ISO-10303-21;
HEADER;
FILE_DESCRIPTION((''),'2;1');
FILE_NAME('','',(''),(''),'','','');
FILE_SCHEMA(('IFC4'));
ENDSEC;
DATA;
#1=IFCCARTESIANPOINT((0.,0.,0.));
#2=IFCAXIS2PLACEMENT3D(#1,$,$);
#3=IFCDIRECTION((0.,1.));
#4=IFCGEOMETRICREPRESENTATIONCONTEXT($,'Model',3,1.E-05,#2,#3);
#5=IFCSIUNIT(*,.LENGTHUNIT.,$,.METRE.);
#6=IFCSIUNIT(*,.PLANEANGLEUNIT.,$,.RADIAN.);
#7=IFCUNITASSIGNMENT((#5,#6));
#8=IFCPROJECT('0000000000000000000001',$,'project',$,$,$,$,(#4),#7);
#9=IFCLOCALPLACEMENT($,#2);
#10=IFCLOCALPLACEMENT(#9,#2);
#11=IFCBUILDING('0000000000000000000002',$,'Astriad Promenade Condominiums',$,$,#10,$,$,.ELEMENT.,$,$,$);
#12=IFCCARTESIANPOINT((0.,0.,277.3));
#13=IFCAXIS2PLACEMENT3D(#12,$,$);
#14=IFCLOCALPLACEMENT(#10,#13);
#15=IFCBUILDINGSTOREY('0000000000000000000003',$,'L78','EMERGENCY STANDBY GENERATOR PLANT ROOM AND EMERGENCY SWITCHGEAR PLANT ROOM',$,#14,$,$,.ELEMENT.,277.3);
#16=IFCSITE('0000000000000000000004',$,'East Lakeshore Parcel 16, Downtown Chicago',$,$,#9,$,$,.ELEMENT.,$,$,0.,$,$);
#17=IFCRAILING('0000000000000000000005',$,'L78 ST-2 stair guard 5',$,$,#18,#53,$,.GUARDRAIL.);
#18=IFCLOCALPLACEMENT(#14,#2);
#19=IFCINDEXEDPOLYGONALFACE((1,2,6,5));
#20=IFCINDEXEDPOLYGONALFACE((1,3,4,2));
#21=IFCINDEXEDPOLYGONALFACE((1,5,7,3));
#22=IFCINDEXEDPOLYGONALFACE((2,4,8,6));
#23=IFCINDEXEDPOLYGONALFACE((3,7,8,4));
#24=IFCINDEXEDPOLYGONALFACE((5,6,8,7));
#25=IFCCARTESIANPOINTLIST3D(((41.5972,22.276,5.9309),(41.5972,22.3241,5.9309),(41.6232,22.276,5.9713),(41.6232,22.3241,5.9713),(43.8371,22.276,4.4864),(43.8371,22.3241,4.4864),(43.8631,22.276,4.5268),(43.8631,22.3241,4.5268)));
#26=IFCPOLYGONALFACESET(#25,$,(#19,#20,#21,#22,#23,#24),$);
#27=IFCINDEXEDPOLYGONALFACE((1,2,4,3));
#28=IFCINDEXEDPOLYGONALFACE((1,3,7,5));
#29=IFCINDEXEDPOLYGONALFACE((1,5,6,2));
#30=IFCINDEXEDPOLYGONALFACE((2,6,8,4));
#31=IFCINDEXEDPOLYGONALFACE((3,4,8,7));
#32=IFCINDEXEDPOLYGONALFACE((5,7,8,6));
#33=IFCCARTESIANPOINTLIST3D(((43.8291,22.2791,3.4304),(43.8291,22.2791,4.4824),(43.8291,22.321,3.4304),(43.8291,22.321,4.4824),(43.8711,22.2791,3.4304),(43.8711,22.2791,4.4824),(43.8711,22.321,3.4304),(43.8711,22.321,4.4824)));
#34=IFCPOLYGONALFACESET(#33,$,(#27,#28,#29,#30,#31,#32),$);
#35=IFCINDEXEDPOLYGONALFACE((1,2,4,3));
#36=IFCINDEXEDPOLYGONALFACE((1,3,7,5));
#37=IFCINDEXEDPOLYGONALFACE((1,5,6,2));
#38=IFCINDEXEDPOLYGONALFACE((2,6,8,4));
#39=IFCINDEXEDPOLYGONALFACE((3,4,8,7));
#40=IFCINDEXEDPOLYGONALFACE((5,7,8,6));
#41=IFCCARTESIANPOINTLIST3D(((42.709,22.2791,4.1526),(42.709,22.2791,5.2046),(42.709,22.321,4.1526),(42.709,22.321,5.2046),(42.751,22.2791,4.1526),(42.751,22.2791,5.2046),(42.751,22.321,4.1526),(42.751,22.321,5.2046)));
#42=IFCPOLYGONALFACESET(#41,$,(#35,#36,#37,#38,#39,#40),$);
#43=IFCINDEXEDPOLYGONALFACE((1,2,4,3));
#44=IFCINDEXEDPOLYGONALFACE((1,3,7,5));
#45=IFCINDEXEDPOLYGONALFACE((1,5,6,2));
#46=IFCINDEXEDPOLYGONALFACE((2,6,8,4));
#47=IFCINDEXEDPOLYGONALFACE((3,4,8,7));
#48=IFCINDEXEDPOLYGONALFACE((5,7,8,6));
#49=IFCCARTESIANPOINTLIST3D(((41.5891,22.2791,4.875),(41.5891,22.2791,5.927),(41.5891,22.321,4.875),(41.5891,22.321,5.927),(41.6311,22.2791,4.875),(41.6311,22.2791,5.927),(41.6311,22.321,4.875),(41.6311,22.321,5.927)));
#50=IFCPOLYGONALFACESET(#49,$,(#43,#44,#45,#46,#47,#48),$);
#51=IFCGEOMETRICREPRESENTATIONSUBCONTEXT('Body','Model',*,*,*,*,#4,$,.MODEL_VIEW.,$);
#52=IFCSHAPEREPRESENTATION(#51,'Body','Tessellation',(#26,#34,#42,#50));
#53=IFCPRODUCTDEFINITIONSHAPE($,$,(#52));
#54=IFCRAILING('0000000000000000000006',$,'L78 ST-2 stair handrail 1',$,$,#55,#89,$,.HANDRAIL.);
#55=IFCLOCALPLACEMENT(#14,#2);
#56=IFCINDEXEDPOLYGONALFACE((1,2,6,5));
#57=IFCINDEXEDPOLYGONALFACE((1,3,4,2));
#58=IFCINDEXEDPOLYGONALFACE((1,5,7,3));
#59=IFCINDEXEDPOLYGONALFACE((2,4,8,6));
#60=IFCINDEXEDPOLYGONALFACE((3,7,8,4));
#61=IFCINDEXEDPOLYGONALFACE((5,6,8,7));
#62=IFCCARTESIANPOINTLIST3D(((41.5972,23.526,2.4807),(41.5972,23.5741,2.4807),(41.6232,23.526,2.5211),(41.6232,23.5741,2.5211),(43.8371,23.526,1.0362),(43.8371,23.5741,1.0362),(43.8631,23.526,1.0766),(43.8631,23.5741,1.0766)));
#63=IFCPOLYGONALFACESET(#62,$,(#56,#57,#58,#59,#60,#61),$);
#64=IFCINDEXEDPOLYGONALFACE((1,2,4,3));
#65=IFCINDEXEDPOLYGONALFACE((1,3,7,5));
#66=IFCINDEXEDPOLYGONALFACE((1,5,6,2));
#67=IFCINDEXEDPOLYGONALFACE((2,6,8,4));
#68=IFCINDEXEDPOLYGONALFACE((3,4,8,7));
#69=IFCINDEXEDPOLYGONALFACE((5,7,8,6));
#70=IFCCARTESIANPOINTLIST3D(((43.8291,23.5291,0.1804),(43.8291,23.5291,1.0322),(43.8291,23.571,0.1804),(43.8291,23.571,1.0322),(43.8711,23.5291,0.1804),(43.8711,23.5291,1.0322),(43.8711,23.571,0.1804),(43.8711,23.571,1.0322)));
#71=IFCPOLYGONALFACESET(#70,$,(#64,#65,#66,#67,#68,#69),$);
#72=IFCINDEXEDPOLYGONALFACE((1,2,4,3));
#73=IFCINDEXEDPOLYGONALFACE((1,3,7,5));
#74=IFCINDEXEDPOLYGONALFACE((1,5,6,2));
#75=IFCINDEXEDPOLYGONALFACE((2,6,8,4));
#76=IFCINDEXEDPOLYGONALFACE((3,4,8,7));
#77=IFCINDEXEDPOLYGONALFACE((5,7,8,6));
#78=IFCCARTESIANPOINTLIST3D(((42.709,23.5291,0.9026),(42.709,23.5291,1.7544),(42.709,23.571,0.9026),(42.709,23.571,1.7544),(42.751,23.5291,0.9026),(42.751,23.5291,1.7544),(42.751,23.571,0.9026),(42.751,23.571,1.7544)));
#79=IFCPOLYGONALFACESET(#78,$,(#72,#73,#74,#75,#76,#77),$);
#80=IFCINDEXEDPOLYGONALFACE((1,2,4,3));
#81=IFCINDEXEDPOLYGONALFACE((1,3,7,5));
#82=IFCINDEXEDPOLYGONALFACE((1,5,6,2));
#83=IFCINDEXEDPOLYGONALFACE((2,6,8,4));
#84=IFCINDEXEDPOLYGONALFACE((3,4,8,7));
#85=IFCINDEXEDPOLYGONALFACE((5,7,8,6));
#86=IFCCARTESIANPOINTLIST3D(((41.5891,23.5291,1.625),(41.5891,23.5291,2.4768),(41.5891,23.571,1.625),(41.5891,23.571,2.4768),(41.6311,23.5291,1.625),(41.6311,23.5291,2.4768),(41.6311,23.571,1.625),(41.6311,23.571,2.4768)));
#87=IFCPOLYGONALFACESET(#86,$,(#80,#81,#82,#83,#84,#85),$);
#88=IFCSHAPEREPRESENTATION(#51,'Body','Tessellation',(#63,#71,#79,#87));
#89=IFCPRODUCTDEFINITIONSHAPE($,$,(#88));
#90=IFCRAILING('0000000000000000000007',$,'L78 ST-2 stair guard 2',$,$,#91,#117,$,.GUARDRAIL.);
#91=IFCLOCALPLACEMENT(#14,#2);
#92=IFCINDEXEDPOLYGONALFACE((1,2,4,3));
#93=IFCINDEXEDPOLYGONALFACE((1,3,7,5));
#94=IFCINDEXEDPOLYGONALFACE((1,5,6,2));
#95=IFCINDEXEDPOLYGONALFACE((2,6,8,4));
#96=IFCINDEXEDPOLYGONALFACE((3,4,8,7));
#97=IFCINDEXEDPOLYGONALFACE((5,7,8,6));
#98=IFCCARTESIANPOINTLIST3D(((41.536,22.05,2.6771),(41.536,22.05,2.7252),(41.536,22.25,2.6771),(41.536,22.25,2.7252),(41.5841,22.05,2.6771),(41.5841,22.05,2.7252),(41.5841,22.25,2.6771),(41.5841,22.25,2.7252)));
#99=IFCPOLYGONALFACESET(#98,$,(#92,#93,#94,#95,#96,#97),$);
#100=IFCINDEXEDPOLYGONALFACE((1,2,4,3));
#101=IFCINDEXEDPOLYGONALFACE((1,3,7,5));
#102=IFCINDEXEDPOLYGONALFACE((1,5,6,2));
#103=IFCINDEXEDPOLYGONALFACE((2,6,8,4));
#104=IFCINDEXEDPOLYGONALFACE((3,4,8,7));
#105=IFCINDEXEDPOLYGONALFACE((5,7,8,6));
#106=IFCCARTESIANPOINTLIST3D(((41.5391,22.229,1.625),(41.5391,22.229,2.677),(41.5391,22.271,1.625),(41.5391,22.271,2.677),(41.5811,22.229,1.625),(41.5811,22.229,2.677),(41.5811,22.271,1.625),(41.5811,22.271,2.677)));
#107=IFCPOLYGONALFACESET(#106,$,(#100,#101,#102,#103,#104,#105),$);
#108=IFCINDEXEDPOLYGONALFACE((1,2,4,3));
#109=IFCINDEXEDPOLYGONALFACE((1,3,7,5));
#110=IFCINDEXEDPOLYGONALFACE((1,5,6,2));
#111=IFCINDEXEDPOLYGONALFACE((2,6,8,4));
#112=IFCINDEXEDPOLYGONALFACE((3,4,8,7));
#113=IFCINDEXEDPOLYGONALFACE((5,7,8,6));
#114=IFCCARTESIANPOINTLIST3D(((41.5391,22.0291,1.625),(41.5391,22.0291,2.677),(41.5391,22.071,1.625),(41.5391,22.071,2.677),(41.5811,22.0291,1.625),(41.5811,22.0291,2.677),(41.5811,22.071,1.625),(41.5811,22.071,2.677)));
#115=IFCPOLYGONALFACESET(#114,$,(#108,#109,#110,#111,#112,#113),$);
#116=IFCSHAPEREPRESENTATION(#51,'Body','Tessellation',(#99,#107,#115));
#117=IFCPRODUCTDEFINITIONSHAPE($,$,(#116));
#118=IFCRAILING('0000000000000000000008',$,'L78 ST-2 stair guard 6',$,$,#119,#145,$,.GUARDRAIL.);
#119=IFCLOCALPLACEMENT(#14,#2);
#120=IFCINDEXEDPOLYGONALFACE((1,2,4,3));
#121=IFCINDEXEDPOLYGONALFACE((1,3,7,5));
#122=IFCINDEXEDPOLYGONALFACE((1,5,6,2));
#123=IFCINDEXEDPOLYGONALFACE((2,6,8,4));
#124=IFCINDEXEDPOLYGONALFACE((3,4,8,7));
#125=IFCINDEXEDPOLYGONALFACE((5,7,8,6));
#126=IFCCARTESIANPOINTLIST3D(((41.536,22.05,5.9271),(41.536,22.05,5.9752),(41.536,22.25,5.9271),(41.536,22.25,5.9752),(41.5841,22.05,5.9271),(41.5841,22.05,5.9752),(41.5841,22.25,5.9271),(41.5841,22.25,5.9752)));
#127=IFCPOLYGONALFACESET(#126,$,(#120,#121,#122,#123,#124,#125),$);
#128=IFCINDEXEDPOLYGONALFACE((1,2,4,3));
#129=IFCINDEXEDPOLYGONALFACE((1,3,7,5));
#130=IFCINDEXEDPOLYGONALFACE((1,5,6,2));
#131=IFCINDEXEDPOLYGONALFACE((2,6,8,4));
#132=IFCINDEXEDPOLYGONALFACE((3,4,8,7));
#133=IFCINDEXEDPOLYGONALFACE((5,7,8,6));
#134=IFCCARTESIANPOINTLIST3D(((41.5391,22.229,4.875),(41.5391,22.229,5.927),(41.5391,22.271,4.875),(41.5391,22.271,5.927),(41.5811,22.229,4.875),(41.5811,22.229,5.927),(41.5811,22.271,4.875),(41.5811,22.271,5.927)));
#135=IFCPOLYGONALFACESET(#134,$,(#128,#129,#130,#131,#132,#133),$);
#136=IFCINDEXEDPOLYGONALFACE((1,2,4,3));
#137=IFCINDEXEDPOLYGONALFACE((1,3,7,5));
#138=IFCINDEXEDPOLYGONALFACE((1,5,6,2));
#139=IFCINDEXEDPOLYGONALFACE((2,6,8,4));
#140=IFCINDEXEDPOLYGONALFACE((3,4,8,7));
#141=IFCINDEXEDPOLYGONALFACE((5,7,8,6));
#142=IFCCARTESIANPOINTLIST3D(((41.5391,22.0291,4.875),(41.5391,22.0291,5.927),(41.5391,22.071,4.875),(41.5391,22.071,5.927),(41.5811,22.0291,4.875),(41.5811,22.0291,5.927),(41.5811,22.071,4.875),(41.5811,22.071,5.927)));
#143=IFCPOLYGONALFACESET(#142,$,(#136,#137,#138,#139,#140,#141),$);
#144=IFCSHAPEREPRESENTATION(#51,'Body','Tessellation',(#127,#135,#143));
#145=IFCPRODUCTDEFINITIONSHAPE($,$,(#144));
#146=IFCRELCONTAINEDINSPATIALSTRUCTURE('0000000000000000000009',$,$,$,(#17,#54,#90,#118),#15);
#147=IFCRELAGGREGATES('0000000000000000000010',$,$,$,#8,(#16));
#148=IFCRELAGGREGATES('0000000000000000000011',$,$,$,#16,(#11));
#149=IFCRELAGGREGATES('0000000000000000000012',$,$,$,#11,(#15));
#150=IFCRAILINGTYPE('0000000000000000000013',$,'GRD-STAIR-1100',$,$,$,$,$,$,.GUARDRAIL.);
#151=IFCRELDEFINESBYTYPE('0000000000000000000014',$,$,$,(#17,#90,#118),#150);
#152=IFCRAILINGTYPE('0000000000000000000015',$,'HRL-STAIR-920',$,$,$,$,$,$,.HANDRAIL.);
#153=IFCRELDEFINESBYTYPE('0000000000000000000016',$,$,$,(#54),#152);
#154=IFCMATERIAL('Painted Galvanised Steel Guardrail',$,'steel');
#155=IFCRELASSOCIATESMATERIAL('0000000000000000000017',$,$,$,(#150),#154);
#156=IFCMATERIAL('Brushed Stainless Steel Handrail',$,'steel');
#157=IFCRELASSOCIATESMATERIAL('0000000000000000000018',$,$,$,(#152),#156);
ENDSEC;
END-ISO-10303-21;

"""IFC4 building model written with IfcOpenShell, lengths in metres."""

from ifc_helpers import new_model, si_unit, direction, frame, origin, origin_2d, place, context, subcontext, project, spatial, rectangle, extrude, source, transform, mapped, material, type_object, type_shapes, element, save


model = new_model("IFC4")

# Units and contexts
model_context = context("Model", 3, precision=1e-05, world=origin(), true_north=direction((0.0, 1.0)))
body_context = subcontext(model_context, "Body", "Model", "MODEL_VIEW")
ifc_project = project(units=[si_unit("LENGTHUNIT", "METRE"), si_unit("PLANEANGLEUNIT", "RADIAN")], contexts=[model_context])

# Site, building, storey
site_placement = place(None, origin())
site = spatial("IfcSite", under=ifc_project, at=site_placement, Name="East Lakeshore Parcel 16, Downtown Chicago", CompositionType="ELEMENT", RefElevation=0.0)
building_placement = place(site_placement, origin())
building = spatial("IfcBuilding", under=site, at=building_placement, Name="Astriad Promenade Condominiums", CompositionType="ELEMENT")
storey_placement = place(building_placement, frame((0.0, 0.0, 277.3)))
storey = spatial("IfcBuildingStorey", under=building, at=storey_placement, Name="L78", Description="EMERGENCY STANDBY GENERATOR PLANT ROOM AND EMERGENCY SWITCHGEAR PLANT ROOM", CompositionType="ELEMENT", Elevation=277.3)

# Railings
ifc_material_1 = material(Name="Painted Galvanised Steel Guardrail", Category="steel")
railing_type_1 = type_object("IfcRailingType", Name="GRD-STAIR-1100", PredefinedType="GUARDRAIL", material=ifc_material_1)
shared_shape_1 = source(origin(), body_context, "Body", "SweptSolid", [
    extrude(rectangle(XDim=0.0481, YDim=0.0481, at=origin_2d()), frame((0.0, 0.0, 1.0762), z_axis=(-0.840395, 0.0, 0.541975), x_axis=(0.0, -1.0, 0.0)), (0.0, 0.0, 1.0), 2.6653),
    extrude(rectangle(XDim=0.042, YDim=0.042, at=origin_2d()), origin(), (0.0, 0.0, 1.0), 1.052),
    extrude(rectangle(XDim=0.042, YDim=0.042, at=origin_2d()), frame((-1.1201, 0.0, 0.7222)), (0.0, 0.0, 1.0), 1.052),
    extrude(rectangle(XDim=0.042, YDim=0.042, at=origin_2d()), frame((-2.24, 0.0, 1.4446)), (0.0, 0.0, 1.0), 1.052),
])
for number, where, name in (
    (1, (43.8501, 22.3, 3.4304), "L78 ST-2 stair guard 5"),
):
    element("IfcRailing", number, at=place(storey_placement, frame(where)), inside=storey, type_object=railing_type_1, Name=name, PredefinedType="GUARDRAIL", context=body_context, shape_type="MappedRepresentation", body=[
        mapped(shared_shape_1, transform((0.0, 0.0, 0.0), scale=1.0)),
    ])
ifc_material_2 = material(Name="Brushed Stainless Steel Handrail", Category="steel")
railing_type_2 = type_object("IfcRailingType", Name="HRL-STAIR-920", PredefinedType="HANDRAIL", material=ifc_material_2)
shared_shape_2 = source(origin(), body_context, "Body", "SweptSolid", [
    extrude(rectangle(XDim=0.0481, YDim=0.0481, at=origin_2d()), frame((0.0, 0.0, 0.876), z_axis=(-0.840395, 0.0, 0.541975), x_axis=(0.0, -1.0, 0.0)), (0.0, 0.0, 1.0), 2.6653),
    extrude(rectangle(XDim=0.042, YDim=0.042, at=origin_2d()), origin(), (0.0, 0.0, 1.0), 0.8518),
    extrude(rectangle(XDim=0.042, YDim=0.042, at=origin_2d()), frame((-1.1201, 0.0, 0.7222)), (0.0, 0.0, 1.0), 0.8518),
    extrude(rectangle(XDim=0.042, YDim=0.042, at=origin_2d()), frame((-2.24, 0.0, 1.4446)), (0.0, 0.0, 1.0), 0.8518),
])
type_shapes(railing_type_2, [shared_shape_2])
railing_placement = place(storey_placement, frame((43.8501, 23.55, 0.1804)))
element("IfcRailing", 2, at=railing_placement, inside=storey, type_object=railing_type_2, Name="L78 ST-2 stair handrail 1", PredefinedType="HANDRAIL", context=body_context, shape_type="MappedRepresentation", body=[
    mapped(shared_shape_2, transform((0.0, 0.0, 0.0), scale=1.0)),
])
shared_shape_3 = source(origin(), body_context, "Body", "SweptSolid", [
    extrude(rectangle(XDim=0.0481, YDim=0.0481, at=origin_2d()), frame((0.0, 0.0, 1.0762), z_axis=(0.0, -1.0, 0.0), x_axis=(1.0, 0.0, 0.0)), (0.0, 0.0, 1.0), 0.2),
    extrude(rectangle(XDim=0.042, YDim=0.042, at=origin_2d()), origin(), (0.0, 0.0, 1.0), 1.052),
    extrude(rectangle(XDim=0.042, YDim=0.042, at=origin_2d()), frame((0.0, -0.2, 0.0)), (0.0, 0.0, 1.0), 1.052),
])
for number, where, name in (
    (3, (41.5601, 22.25, 1.625), "L78 ST-2 stair guard 2"),
    (4, (41.5601, 22.25, 4.875), "L78 ST-2 stair guard 6"),
):
    element("IfcRailing", number, at=place(storey_placement, frame(where)), inside=storey, type_object=railing_type_1, Name=name, PredefinedType="GUARDRAIL", context=body_context, shape_type="MappedRepresentation", body=[
        mapped(shared_shape_3, transform((0.0, 0.0, 0.0), scale=1.0)),
    ])

save(model, "model.ifc")
